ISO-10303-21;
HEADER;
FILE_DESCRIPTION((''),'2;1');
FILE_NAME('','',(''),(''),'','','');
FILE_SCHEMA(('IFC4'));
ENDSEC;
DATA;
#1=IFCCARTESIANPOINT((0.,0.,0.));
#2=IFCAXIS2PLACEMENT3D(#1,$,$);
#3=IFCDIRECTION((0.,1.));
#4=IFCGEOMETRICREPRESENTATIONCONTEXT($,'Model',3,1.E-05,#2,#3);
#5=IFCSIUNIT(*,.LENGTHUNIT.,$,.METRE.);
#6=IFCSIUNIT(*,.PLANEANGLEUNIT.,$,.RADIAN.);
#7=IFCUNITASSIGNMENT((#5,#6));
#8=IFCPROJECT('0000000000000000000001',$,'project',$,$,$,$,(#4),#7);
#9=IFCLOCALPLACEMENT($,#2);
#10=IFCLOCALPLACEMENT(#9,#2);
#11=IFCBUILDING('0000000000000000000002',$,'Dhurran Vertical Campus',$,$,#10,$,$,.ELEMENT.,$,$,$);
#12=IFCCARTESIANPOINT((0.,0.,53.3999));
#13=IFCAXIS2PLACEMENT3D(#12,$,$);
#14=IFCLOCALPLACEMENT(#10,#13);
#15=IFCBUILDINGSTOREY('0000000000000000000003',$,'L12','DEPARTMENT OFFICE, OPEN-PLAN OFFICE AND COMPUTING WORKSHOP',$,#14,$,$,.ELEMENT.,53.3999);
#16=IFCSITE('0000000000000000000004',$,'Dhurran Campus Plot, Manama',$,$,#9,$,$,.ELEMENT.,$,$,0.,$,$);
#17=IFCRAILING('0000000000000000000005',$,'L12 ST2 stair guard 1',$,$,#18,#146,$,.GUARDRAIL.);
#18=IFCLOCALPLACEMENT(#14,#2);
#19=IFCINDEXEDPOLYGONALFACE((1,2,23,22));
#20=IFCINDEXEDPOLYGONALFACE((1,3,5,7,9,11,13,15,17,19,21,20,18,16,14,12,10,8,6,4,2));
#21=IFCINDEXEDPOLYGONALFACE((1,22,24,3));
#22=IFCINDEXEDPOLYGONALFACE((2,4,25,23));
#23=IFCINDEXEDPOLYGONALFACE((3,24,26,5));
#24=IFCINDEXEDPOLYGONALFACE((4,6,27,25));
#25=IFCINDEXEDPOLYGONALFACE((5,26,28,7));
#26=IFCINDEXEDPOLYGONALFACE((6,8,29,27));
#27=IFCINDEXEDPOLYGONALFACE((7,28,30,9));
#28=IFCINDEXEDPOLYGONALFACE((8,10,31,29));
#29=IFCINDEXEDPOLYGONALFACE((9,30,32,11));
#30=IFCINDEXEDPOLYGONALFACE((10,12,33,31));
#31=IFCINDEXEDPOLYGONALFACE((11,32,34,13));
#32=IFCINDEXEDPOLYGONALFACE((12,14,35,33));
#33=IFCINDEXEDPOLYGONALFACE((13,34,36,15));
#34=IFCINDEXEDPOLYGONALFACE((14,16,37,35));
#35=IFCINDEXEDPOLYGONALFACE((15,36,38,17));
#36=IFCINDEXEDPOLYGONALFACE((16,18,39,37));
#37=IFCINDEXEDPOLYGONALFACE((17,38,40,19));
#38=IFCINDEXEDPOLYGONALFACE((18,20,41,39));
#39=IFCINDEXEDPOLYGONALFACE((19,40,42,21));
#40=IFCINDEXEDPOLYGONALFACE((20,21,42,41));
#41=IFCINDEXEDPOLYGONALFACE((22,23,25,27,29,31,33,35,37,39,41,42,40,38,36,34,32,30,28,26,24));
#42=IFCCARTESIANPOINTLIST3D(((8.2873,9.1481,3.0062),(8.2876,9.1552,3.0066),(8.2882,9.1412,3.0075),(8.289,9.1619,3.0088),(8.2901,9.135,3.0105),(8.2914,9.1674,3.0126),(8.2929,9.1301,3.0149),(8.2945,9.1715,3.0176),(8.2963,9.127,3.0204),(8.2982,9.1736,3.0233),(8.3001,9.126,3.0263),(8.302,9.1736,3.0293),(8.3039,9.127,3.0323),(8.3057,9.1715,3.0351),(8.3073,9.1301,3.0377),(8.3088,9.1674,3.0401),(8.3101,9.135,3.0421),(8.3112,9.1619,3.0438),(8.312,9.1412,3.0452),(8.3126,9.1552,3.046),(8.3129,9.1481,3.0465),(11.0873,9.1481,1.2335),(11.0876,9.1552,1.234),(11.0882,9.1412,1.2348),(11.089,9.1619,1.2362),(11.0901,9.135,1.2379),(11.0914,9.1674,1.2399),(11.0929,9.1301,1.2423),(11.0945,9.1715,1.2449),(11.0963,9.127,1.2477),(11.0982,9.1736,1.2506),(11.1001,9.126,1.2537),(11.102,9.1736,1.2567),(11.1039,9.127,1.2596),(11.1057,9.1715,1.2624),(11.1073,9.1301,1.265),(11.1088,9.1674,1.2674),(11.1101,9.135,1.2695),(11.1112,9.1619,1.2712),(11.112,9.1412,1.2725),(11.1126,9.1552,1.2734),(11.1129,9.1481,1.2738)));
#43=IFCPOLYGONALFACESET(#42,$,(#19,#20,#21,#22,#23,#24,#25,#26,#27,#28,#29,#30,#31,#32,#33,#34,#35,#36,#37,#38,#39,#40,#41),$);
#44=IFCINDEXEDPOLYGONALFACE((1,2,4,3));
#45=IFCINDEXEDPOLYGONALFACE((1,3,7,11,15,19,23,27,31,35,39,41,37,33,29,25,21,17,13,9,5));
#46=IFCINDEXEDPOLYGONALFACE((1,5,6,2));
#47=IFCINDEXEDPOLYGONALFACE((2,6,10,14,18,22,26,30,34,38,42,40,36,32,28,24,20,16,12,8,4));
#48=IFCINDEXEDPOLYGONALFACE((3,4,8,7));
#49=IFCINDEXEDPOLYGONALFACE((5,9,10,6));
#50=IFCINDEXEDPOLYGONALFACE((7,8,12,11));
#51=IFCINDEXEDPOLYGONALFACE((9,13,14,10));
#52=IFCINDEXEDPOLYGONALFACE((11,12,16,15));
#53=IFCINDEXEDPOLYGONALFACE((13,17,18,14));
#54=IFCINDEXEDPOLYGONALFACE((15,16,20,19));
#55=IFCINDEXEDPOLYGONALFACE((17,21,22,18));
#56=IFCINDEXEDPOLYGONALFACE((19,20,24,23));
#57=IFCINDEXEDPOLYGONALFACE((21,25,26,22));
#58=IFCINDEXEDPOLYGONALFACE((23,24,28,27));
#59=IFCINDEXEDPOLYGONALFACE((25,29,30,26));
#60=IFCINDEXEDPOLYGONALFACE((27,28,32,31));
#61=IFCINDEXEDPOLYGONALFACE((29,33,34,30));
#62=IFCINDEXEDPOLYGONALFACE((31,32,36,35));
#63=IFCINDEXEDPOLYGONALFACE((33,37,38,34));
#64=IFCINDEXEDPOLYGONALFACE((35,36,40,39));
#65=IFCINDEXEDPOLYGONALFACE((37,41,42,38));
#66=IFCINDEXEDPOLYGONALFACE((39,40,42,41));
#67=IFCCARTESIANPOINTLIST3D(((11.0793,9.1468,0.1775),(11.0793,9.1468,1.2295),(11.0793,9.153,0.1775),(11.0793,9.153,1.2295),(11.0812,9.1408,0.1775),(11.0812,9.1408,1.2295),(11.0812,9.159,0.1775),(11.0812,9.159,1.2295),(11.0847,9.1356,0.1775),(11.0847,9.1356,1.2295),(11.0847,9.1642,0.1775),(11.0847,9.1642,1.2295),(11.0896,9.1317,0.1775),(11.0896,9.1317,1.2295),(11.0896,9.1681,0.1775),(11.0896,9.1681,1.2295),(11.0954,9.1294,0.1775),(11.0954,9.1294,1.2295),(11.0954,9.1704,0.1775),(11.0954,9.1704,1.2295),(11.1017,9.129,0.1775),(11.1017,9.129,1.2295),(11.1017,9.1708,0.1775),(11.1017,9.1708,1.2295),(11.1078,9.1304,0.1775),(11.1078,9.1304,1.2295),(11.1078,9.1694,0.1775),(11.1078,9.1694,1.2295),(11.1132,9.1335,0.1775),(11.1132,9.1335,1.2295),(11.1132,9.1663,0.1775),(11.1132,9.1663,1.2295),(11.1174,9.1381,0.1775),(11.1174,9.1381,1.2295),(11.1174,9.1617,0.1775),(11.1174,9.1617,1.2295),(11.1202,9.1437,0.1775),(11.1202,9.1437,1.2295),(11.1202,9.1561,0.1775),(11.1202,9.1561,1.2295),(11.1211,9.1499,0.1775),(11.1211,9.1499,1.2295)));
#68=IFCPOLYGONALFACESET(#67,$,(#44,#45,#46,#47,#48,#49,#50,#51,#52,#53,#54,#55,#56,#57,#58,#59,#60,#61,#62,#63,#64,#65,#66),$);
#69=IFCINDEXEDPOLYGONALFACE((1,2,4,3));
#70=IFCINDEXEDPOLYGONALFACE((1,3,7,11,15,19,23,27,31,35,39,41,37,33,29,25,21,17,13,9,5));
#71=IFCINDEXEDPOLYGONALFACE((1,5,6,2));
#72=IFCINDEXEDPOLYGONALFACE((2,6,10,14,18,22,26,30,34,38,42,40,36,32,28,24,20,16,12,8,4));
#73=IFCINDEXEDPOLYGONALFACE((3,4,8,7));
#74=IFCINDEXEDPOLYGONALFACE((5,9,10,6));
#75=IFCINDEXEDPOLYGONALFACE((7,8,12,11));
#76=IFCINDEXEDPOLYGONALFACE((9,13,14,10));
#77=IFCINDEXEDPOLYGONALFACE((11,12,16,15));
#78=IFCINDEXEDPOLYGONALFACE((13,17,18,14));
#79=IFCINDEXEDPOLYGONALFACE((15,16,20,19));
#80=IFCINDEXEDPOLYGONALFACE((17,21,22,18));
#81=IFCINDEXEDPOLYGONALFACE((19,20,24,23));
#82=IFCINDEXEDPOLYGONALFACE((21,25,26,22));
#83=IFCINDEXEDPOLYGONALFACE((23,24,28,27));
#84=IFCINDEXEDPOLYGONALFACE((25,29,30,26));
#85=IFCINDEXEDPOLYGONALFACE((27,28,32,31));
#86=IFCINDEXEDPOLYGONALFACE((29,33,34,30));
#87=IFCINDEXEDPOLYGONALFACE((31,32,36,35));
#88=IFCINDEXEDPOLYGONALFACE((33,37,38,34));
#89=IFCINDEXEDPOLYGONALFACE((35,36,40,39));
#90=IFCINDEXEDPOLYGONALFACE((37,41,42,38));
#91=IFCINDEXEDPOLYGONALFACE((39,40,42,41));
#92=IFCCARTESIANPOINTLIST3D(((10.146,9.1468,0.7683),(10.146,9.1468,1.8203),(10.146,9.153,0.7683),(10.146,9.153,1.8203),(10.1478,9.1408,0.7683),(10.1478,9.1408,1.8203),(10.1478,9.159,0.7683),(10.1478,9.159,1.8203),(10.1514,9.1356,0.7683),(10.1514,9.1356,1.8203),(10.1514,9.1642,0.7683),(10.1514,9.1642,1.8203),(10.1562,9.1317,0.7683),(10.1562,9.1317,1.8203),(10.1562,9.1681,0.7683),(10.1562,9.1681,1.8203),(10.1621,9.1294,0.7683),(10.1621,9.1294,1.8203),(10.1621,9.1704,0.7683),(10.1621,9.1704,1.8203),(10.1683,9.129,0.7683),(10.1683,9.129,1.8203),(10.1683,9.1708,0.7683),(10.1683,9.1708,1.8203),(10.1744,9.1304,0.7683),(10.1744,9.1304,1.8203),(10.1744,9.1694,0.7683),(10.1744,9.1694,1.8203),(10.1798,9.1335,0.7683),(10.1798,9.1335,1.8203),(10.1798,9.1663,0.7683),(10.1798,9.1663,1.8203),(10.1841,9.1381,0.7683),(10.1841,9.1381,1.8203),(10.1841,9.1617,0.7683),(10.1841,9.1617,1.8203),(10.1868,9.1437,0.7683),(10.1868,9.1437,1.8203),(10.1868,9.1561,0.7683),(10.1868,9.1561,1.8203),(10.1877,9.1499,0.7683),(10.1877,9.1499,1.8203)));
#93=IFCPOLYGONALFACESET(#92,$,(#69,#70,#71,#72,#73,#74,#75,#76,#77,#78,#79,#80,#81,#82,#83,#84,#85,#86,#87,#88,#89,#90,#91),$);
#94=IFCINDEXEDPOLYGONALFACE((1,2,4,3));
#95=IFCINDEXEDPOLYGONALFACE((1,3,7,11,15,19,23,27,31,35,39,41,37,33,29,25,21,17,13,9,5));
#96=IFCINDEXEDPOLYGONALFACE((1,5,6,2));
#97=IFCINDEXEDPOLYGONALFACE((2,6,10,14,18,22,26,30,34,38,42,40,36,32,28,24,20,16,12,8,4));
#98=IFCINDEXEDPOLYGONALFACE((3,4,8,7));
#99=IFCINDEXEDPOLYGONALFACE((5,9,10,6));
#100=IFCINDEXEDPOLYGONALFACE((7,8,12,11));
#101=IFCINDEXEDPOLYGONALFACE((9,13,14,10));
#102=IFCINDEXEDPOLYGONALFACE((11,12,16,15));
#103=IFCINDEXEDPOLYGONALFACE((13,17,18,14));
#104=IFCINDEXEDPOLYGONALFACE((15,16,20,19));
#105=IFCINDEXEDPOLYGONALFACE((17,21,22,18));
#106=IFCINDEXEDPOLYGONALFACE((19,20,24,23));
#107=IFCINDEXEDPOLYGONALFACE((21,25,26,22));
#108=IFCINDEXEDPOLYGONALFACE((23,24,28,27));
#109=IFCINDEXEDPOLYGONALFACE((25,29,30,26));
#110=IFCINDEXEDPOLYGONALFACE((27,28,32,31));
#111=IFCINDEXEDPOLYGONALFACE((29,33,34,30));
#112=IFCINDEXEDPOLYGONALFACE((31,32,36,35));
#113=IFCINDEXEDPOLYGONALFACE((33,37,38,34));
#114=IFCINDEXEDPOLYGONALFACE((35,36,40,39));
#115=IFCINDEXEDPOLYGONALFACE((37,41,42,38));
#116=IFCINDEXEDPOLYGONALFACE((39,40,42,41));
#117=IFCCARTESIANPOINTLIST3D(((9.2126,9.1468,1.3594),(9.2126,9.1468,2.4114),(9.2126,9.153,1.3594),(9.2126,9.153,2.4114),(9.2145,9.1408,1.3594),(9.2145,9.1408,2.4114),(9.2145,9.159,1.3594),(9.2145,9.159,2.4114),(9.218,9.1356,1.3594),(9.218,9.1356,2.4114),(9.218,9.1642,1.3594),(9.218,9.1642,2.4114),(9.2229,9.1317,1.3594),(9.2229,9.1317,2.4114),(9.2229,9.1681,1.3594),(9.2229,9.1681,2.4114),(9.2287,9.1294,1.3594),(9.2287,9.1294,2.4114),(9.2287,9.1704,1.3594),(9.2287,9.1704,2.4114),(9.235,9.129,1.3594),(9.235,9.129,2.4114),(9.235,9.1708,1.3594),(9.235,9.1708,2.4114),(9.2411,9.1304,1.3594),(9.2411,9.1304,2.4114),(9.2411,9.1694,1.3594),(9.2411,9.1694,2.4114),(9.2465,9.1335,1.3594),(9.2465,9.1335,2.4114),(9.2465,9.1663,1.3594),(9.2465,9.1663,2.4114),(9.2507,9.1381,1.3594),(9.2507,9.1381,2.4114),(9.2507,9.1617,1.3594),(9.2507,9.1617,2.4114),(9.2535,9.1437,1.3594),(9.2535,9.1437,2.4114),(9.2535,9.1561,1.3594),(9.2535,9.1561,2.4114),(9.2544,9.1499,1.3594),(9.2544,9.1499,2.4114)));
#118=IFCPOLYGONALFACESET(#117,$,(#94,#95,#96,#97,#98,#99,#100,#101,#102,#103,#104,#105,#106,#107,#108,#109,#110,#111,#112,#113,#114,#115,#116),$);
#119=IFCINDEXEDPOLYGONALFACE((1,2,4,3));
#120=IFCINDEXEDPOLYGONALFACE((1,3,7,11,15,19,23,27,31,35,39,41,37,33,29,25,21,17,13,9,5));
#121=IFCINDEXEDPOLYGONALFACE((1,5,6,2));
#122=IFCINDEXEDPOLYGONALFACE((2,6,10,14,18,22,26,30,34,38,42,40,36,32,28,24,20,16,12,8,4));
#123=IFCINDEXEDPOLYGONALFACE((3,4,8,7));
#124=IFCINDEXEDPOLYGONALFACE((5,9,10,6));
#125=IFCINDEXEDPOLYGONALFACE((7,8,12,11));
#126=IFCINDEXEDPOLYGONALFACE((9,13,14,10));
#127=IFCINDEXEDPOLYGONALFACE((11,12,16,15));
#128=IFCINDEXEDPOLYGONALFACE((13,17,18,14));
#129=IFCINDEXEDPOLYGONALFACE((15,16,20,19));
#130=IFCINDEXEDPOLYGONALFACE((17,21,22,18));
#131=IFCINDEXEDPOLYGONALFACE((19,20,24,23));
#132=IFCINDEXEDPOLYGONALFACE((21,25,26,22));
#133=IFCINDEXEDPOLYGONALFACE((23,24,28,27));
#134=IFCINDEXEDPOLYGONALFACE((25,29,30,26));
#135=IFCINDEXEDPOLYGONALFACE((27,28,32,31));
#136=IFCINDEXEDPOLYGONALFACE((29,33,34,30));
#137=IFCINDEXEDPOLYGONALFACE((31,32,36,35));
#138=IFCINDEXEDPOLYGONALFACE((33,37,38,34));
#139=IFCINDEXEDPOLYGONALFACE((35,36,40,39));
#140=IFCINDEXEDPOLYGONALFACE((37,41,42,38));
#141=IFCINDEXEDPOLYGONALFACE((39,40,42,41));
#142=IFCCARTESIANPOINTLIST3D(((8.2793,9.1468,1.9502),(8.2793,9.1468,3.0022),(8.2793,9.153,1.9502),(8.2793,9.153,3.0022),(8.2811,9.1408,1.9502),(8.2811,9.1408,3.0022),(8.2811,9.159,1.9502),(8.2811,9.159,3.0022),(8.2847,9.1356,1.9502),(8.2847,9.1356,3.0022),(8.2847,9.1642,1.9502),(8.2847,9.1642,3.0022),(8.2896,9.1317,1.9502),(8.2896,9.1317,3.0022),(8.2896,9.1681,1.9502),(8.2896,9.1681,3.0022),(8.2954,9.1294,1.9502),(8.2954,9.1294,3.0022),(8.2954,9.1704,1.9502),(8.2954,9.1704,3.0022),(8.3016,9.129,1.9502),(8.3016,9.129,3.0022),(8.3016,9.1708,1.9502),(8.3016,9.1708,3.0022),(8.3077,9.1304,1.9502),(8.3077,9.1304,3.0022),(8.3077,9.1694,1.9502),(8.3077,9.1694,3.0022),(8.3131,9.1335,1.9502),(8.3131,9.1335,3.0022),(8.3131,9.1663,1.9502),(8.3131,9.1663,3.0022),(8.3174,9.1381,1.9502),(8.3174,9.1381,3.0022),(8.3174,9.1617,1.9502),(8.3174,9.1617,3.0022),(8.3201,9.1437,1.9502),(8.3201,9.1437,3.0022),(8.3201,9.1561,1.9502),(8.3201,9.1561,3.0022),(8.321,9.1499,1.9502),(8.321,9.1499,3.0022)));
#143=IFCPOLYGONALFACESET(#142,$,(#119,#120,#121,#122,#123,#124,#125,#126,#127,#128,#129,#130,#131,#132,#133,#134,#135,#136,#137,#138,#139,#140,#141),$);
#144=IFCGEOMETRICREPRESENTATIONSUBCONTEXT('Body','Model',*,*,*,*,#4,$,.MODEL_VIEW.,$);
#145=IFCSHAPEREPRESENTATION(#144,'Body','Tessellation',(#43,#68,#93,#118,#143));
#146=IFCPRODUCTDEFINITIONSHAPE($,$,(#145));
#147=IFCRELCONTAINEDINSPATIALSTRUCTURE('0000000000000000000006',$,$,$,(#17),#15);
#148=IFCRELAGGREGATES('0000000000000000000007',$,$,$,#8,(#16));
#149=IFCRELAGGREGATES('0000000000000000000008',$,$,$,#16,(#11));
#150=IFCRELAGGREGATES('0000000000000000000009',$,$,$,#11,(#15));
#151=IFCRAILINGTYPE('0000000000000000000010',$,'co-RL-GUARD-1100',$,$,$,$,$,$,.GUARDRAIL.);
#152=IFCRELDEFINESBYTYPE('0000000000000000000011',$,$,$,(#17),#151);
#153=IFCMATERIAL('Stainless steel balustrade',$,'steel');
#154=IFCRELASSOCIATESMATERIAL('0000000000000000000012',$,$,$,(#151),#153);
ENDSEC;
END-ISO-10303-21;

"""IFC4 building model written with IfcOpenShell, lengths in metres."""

from ifc_helpers import new_model, si_unit, direction, frame, origin, origin_2d, place, context, subcontext, project, spatial, circle, extrude, material, type_object, element, save


model = new_model("IFC4")

# Units and contexts
model_context = context("Model", 3, precision=1e-05, world=origin(), true_north=direction((0.0, 1.0)))
body_context = subcontext(model_context, "Body", "Model", "MODEL_VIEW")
ifc_project = project(units=[si_unit("LENGTHUNIT", "METRE"), si_unit("PLANEANGLEUNIT", "RADIAN")], contexts=[model_context])

# Site, building, storey
site_placement = place(None, origin())
site = spatial("IfcSite", under=ifc_project, at=site_placement, Name="Dhurran Campus Plot, Manama", CompositionType="ELEMENT", RefElevation=0.0)
building_placement = place(site_placement, origin())
building = spatial("IfcBuilding", under=site, at=building_placement, Name="Dhurran Vertical Campus", CompositionType="ELEMENT")
storey_placement = place(building_placement, frame((0.0, 0.0, 53.3999)))
storey = spatial("IfcBuildingStorey", under=building, at=storey_placement, Name="L12", Description="DEPARTMENT OFFICE, OPEN-PLAN OFFICE AND COMPUTING WORKSHOP", CompositionType="ELEMENT", Elevation=53.3999)

# Railing
ifc_material_1 = material(Name="Stainless steel balustrade", Category="steel")
railing_type_1 = type_object("IfcRailingType", Name="co-RL-GUARD-1100", PredefinedType="GUARDRAIL", material=ifc_material_1)
railing_1_placement = place(storey_placement, frame((11.1001, 9.1499, 0.1775)))
element("IfcRailing", 1, at=railing_1_placement, inside=storey, type_object=railing_type_1, Name="L12 ST2 stair guard 1", PredefinedType="GUARDRAIL", context=body_context, shape_type="SweptSolid", body=[
    extrude(circle(Radius=0.0239, at=origin_2d()), frame((0.0, 0.0, 1.0762), z_axis=(-0.844909, 0.0, 0.53491), x_axis=(0.0, -1.0, 0.0)), (0.0, 0.0, 1.0), 3.314),
    extrude(circle(Radius=0.021, at=origin_2d()), origin(), (0.0, 0.0, 1.0), 1.052),
    extrude(circle(Radius=0.021, at=origin_2d()), frame((-0.9333, 0.0, 0.5908)), (0.0, 0.0, 1.0), 1.052),
    extrude(circle(Radius=0.021, at=origin_2d()), frame((-1.8667, 0.0, 1.1819)), (0.0, 0.0, 1.0), 1.052),
    extrude(circle(Radius=0.021, at=origin_2d()), frame((-2.8, 0.0, 1.7727)), (0.0, 0.0, 1.0), 1.052),
])

save(model, "model.ifc")
